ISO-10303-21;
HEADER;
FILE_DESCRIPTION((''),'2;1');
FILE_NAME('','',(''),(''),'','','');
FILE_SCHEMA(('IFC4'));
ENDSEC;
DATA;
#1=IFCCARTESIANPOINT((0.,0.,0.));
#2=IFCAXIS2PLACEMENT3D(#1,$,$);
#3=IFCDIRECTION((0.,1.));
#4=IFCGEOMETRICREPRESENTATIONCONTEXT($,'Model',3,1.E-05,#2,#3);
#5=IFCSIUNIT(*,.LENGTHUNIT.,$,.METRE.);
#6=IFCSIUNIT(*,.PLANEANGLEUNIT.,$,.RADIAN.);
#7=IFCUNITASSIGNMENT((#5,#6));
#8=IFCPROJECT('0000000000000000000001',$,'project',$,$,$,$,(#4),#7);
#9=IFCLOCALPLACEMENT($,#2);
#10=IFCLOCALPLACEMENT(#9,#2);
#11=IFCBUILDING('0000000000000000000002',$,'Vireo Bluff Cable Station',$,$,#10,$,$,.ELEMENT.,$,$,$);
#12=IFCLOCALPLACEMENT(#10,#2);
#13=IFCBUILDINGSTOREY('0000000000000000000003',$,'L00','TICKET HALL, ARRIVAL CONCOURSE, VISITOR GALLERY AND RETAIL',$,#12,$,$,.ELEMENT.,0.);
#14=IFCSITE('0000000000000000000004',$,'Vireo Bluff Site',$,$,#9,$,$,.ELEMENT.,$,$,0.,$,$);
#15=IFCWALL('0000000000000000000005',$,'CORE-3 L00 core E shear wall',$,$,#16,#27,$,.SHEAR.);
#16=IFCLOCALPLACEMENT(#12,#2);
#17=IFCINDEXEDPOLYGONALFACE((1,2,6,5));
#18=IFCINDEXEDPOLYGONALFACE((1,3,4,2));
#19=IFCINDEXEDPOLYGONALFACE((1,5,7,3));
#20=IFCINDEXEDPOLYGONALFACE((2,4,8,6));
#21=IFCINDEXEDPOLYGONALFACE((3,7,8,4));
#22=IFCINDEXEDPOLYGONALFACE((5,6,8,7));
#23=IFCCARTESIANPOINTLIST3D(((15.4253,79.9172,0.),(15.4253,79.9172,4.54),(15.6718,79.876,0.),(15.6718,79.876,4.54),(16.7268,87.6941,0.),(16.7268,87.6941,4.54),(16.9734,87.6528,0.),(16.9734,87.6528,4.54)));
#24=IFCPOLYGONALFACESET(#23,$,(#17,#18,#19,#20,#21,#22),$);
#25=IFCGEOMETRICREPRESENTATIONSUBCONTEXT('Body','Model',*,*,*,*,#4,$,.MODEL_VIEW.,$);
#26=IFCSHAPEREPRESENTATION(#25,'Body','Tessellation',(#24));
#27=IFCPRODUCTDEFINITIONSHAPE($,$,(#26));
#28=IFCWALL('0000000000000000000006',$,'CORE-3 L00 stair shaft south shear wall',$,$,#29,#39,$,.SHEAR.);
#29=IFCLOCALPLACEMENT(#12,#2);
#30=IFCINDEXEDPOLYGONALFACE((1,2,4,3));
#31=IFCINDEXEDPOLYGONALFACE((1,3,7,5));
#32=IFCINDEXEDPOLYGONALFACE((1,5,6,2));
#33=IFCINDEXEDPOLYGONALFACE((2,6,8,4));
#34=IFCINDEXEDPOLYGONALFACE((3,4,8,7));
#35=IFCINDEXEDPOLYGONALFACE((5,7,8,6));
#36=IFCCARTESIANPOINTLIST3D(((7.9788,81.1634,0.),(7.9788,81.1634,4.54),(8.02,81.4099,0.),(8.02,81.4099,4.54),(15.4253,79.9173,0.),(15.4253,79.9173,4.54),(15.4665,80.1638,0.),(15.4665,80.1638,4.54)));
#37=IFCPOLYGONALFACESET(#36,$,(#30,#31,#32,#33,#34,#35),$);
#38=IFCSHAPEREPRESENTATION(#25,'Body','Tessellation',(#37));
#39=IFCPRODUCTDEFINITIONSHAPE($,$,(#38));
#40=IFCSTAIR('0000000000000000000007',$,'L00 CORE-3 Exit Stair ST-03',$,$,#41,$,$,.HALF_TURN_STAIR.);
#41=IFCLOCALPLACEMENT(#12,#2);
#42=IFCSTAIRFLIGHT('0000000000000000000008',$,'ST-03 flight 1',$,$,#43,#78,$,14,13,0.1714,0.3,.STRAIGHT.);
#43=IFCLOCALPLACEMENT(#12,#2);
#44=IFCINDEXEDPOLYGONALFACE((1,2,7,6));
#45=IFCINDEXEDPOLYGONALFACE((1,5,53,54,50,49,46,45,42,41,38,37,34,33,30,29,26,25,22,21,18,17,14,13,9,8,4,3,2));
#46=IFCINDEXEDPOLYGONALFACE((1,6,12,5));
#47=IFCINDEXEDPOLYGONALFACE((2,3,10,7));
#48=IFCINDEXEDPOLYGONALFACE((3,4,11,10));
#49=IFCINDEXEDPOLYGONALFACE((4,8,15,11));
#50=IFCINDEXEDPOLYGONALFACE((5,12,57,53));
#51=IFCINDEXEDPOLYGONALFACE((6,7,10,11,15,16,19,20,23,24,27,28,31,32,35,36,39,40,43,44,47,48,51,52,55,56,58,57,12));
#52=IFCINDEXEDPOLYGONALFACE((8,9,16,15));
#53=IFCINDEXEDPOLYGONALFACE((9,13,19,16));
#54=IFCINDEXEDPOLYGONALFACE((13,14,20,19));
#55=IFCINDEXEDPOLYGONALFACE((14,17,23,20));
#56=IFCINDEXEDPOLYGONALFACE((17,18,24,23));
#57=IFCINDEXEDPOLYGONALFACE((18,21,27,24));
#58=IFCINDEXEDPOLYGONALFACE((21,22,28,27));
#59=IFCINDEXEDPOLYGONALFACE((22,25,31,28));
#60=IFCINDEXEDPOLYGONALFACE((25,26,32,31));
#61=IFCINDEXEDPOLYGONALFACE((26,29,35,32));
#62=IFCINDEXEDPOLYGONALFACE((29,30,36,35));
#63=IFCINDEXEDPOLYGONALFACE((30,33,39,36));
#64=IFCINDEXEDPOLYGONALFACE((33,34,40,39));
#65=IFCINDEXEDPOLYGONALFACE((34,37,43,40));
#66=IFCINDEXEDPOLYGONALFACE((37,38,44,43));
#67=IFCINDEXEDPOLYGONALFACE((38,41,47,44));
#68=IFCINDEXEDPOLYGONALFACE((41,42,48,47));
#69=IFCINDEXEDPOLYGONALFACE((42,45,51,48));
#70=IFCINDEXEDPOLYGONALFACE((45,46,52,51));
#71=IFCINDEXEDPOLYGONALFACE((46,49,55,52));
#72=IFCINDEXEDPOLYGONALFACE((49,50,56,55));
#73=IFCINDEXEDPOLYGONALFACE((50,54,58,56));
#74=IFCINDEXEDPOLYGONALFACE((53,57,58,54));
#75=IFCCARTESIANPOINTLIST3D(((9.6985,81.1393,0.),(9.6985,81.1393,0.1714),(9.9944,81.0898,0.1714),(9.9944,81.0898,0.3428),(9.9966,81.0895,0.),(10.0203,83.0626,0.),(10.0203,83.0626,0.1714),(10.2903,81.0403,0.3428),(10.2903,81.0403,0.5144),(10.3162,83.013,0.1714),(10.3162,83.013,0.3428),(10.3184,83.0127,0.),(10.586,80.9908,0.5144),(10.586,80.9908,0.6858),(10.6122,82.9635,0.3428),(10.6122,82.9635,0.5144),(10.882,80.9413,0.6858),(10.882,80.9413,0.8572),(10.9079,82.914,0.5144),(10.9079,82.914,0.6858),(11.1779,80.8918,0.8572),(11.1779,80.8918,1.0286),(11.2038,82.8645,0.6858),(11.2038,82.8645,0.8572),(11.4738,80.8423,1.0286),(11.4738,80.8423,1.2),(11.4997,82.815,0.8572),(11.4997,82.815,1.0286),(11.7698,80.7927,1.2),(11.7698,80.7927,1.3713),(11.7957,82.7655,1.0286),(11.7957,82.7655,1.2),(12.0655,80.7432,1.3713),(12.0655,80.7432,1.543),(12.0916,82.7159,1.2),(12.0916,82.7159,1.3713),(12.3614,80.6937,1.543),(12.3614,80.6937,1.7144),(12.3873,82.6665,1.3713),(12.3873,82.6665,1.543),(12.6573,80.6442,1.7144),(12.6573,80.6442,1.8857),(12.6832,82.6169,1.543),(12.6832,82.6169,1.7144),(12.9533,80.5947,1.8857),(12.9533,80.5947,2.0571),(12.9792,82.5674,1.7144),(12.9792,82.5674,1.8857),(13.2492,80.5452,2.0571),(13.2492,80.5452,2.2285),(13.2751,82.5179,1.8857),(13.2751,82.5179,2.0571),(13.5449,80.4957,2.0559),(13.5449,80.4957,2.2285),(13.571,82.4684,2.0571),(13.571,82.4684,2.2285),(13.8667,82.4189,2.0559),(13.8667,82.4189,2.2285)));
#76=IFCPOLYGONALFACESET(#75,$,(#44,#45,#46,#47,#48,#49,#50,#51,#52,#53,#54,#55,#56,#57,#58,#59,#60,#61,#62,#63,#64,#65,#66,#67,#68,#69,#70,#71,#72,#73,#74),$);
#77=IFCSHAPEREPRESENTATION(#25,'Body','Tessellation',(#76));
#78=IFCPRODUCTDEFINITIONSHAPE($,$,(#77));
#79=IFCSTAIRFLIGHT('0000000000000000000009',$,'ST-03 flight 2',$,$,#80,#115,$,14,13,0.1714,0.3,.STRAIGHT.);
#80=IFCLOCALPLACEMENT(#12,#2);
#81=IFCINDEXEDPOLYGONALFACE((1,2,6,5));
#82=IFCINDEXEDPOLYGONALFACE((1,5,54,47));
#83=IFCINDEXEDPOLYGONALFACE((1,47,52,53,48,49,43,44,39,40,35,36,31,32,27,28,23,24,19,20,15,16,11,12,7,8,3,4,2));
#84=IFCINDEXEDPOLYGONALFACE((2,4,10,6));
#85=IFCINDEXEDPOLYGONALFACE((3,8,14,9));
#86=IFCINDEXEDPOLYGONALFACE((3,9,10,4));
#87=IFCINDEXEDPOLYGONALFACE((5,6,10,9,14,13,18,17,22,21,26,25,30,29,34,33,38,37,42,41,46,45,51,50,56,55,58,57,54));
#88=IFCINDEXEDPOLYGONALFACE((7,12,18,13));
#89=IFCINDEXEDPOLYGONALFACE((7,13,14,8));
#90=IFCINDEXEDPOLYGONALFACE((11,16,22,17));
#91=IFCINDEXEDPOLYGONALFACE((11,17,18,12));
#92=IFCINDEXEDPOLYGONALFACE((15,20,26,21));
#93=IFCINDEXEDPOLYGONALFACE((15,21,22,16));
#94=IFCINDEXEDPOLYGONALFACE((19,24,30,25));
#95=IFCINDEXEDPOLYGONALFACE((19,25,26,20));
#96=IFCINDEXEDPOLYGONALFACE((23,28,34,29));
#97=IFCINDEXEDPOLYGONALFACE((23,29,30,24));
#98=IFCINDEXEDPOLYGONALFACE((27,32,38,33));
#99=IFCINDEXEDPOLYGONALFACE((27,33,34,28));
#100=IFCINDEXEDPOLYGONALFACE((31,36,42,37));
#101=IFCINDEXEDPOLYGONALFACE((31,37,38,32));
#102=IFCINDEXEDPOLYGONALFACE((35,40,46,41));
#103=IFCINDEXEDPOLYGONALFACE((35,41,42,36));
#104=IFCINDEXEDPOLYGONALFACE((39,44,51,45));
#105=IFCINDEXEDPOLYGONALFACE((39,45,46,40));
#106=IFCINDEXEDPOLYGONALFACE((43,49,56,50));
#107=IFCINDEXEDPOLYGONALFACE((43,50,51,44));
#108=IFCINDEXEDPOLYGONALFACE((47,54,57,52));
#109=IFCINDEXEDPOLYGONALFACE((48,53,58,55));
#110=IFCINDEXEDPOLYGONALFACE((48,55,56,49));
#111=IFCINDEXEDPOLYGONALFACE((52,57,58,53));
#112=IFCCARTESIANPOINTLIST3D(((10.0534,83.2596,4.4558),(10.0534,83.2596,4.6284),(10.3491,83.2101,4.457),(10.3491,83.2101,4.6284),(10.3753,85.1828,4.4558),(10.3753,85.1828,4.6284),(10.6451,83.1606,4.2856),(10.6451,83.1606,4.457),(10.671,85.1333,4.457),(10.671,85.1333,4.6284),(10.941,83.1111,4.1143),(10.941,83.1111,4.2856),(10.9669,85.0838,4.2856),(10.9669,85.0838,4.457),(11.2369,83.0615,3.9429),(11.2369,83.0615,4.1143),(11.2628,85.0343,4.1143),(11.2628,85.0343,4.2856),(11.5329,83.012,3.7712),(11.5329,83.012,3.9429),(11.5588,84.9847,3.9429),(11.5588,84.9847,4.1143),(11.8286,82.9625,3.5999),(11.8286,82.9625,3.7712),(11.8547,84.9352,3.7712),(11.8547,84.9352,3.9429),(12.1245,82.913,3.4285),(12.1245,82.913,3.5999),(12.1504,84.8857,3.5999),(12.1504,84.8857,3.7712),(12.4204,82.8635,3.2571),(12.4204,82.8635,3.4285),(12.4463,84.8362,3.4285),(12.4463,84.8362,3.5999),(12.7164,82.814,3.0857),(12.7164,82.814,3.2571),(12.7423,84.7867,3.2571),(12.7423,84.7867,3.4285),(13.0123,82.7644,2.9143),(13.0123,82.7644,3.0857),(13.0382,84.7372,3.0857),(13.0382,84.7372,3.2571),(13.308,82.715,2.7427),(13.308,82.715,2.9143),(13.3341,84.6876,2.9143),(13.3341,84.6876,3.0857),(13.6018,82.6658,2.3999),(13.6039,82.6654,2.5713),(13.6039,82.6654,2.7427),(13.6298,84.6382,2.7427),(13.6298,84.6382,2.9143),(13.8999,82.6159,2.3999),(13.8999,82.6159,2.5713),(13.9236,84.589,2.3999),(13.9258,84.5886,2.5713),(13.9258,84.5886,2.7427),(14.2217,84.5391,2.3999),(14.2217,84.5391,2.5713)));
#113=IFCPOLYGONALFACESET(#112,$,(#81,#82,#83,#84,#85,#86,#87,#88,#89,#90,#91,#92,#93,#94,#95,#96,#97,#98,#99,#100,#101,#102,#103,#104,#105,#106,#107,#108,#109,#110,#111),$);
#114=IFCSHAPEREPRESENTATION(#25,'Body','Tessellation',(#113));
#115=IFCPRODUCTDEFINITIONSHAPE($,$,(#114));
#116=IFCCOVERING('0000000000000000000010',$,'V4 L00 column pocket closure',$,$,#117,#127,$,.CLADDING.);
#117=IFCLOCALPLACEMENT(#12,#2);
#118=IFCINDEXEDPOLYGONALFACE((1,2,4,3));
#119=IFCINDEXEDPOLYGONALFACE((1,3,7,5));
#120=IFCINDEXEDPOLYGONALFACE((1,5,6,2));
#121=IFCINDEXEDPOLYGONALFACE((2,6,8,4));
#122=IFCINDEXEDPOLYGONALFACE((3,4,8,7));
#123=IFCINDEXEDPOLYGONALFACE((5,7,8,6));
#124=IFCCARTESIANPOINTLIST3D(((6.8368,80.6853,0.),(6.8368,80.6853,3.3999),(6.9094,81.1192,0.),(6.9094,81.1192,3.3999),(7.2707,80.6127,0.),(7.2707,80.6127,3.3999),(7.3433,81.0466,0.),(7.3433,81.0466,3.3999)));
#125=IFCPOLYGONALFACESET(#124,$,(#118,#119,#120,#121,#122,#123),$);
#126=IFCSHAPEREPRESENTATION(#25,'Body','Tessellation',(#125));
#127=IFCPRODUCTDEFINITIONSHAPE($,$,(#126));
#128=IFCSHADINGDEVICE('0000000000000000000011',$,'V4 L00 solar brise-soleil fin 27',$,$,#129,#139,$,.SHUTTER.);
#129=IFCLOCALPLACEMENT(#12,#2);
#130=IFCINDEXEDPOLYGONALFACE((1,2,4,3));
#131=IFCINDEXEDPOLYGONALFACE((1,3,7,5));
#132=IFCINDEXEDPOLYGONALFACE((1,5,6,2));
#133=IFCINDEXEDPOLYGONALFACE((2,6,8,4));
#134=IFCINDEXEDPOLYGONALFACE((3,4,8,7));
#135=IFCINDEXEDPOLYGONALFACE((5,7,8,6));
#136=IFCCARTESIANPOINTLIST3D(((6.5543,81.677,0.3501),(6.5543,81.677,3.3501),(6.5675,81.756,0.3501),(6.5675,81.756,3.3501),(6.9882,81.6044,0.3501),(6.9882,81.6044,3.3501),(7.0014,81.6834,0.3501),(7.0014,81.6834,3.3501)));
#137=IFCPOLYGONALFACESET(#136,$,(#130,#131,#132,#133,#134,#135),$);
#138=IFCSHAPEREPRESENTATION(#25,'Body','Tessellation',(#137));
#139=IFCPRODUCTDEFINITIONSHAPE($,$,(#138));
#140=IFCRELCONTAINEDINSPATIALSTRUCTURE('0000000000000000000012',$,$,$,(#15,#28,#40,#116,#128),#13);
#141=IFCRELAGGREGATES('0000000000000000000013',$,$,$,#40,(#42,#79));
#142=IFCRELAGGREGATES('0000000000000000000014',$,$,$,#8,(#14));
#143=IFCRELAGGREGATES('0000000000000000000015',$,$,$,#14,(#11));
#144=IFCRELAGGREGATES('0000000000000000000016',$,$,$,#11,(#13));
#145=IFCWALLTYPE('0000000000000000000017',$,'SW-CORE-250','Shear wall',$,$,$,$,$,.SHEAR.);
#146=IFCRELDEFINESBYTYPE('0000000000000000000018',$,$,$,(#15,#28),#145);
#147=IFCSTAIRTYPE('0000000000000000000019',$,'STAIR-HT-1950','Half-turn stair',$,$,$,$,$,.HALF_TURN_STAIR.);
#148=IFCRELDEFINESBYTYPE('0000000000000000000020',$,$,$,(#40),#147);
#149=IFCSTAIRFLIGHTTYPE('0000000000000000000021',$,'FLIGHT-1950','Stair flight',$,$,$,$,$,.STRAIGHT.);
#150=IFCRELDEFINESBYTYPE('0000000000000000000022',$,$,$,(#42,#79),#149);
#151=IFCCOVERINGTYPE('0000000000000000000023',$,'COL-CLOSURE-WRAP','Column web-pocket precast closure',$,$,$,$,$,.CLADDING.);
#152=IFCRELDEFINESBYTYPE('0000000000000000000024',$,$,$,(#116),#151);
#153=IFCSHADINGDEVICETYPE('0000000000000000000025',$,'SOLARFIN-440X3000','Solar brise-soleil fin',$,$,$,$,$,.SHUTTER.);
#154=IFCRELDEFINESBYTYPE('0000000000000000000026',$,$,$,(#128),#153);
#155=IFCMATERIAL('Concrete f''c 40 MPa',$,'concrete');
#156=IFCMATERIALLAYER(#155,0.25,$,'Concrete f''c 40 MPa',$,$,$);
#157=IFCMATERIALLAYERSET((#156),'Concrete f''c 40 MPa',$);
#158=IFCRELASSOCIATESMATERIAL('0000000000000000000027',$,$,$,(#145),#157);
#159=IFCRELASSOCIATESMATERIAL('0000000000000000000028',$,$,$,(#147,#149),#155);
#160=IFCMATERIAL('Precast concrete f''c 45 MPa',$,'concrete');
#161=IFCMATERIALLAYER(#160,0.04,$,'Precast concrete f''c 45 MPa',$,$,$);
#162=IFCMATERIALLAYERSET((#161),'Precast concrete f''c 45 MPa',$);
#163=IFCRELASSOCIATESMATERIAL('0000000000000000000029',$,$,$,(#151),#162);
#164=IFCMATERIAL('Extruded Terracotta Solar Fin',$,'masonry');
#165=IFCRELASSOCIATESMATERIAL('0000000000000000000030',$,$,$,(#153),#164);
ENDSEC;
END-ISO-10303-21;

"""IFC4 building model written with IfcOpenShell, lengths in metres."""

from ifc_helpers import new_model, si_unit, direction, frame, frame_2d, origin, origin_2d, place, context, subcontext, project, spatial, polyline, rectangle, outline, extrude, material, layer, layer_set, type_object, element, aggregate, save


model = new_model("IFC4")

# Units and contexts
model_context = context("Model", 3, precision=1e-05, world=origin(), true_north=direction((0.0, 1.0)))
body_context = subcontext(model_context, "Body", "Model", "MODEL_VIEW")
ifc_project = project(units=[si_unit("LENGTHUNIT", "METRE"), si_unit("PLANEANGLEUNIT", "RADIAN")], contexts=[model_context])

# Site, building, storey
site_placement = place(None, origin())
site = spatial("IfcSite", under=ifc_project, at=site_placement, Name="Vireo Bluff Site", CompositionType="ELEMENT", RefElevation=0.0)
building_placement = place(site_placement, origin())
building = spatial("IfcBuilding", under=site, at=building_placement, Name="Vireo Bluff Cable Station", CompositionType="ELEMENT")
storey_placement = place(building_placement, origin())
storey = spatial("IfcBuildingStorey", under=building, at=storey_placement, Name="L00", Description="TICKET HALL, ARRIVAL CONCOURSE, VISITOR GALLERY AND RETAIL", CompositionType="ELEMENT", Elevation=0.0)

# Shared definitions
ifc_material_1 = material(Name="Concrete f'c 40 MPa", Category="concrete")

# Walls
ifc_material_2 = material(Name="Precast concrete f'c 45 MPa", Category="concrete")
ifc_layer_1 = layer(ifc_material_1, 0.25, Name="Concrete f'c 40 MPa")
ifc_layer_set_1 = layer_set([ifc_layer_1], Name="Concrete f'c 40 MPa")
wall_type_1 = type_object("IfcWallType", Name="SW-CORE-250", Description="Shear wall", PredefinedType="SHEAR", material=ifc_layer_set_1)
for number, where, z_axis, x_axis, name in (
    (1, (15.5486, 79.8967, 0.0), (0.0, 0.0, 1.0), (0.165062, 0.986283, 0.0), "CORE-3 L00 core E shear wall"),
):
    element("IfcWall", number, at=place(storey_placement, frame(where, z_axis=z_axis, x_axis=x_axis)), inside=storey, type_object=wall_type_1, Name=name, PredefinedType="SHEAR", context=body_context, shape_type="SweptSolid", body=[
        extrude(rectangle(XDim=7.885, YDim=0.25, at=frame_2d((3.9424, 0.0))), origin(), (0.0, 0.0, 1.0), 4.54),
    ])
wall_1_placement = place(storey_placement, frame((7.9995, 81.2866, 0.0), z_axis=(0.0, 0.0, 1.0), x_axis=(0.986286, -0.165044, 0.0)))
element("IfcWall", 2, at=wall_1_placement, inside=storey, type_object=wall_type_1, Name="CORE-3 L00 stair shaft south shear wall", PredefinedType="SHEAR", context=body_context, shape_type="SweptSolid", body=[
    extrude(rectangle(XDim=7.55, YDim=0.25, at=frame_2d((3.7749, 0.0))), origin(), (0.0, 0.0, 1.0), 4.54),
])

# Stair, stair flights
stair_type = type_object("IfcStairType", Name="STAIR-HT-1950", Description="Half-turn stair", PredefinedType="HALF_TURN_STAIR", material=ifc_material_1)
stair_placement = place(storey_placement, origin())
stair = element("IfcStair", 3, at=stair_placement, inside=storey, type_object=stair_type, Name="L00 CORE-3 Exit Stair ST-03", PredefinedType="HALF_TURN_STAIR")
stair_flight_type = type_object("IfcStairFlightType", Name="FLIGHT-1950", Description="Stair flight", PredefinedType="STRAIGHT", material=ifc_material_1)
stair_flight_1_placement = place(storey_placement, frame((9.8594, 82.1008, 0.0), z_axis=(0.0, 0.0, 1.0), x_axis=(0.986286, -0.165048, 0.0)))
stair_flight_1 = element("IfcStairFlight", 4, at=stair_flight_1_placement, type_object=stair_flight_type, Name="ST-03 flight 1", NumberOfRisers=14, NumberOfTreads=13, PredefinedType="STRAIGHT", RiserHeight=0.1714, TreadLength=0.3, context=body_context, shape_type="SweptSolid", body=[
    extrude(outline(polyline([(0.0, 0.0), (0.0, 0.1714), (0.3, 0.1714), (0.3, 0.3428), (0.6001, 0.3428), (0.6001, 0.5144), (0.8999, 0.5144), (0.8999, 0.6858), (1.2, 0.6858), (1.2, 0.8572), (1.5, 0.8572), (1.5, 1.0286), (1.8, 1.0286), (1.8, 1.2), (2.1001, 1.2), (2.1001, 1.3713), (2.3999, 1.3713), (2.3999, 1.543), (2.7, 1.543), (2.7, 1.7144), (3.0, 1.7144), (3.0, 1.8857), (3.3, 1.8857), (3.3, 2.0571), (3.6001, 2.0571), (3.6001, 2.2285), (3.8999, 2.2285), (3.8999, 2.3999), (3.8999, 2.0559), (0.3022, 0.0), (0.0, 0.0)])), frame((0.0, 0.9751, 0.0), z_axis=(0.0, -1.0, 0.0), x_axis=(1.0, 0.0, 0.0)), (0.0, 0.0, 1.0), 1.95),
])
stair_flight_2_placement = place(storey_placement, frame((14.0608, 83.5776, 2.3999), z_axis=(0.0, 0.0, 1.0), x_axis=(-0.986286, 0.165048, 0.0)))
stair_flight_2 = element("IfcStairFlight", 5, at=stair_flight_2_placement, type_object=stair_flight_type, Name="ST-03 flight 2", NumberOfRisers=14, NumberOfTreads=13, PredefinedType="STRAIGHT", RiserHeight=0.1714, TreadLength=0.3, context=body_context, shape_type="SweptSolid", body=[
    extrude(outline(polyline([(0.0, 0.0), (0.0, 0.1714), (0.3, 0.1714), (0.3, 0.3428), (0.6001, 0.3428), (0.6001, 0.5144), (0.8999, 0.5144), (0.8999, 0.6858), (1.2, 0.6858), (1.2, 0.8572), (1.5, 0.8572), (1.5, 1.0286), (1.8, 1.0286), (1.8, 1.2), (2.1001, 1.2), (2.1001, 1.3713), (2.3999, 1.3713), (2.3999, 1.543), (2.7, 1.543), (2.7, 1.7144), (3.0, 1.7144), (3.0, 1.8857), (3.3, 1.8857), (3.3, 2.0571), (3.6001, 2.0571), (3.6001, 2.2285), (3.8999, 2.2285), (3.8999, 2.3999), (3.8999, 2.0559), (0.3022, 0.0), (0.0, 0.0)])), frame((0.0, 0.9751, 0.0), z_axis=(0.0, -1.0, 0.0), x_axis=(1.0, 0.0, 0.0)), (0.0, 0.0, 1.0), 1.95),
])
aggregate(stair, [stair_flight_1, stair_flight_2])

# Covering
ifc_layer_2 = layer(ifc_material_2, 0.04, Name="Precast concrete f'c 45 MPa")
ifc_layer_set_2 = layer_set([ifc_layer_2], Name="Precast concrete f'c 45 MPa")
covering_type = type_object("IfcCoveringType", Name="COL-CLOSURE-WRAP", Description="Column web-pocket precast closure", PredefinedType="CLADDING", material=ifc_layer_set_2)
covering_placement = place(storey_placement, frame((7.0901, 80.866, 0.0), z_axis=(0.0, 0.0, 1.0), x_axis=(0.986286, -0.165048, 0.0)))
element("IfcCovering", 6, at=covering_placement, inside=storey, type_object=covering_type, Name="V4 L00 column pocket closure", PredefinedType="CLADDING", context=body_context, shape_type="SweptSolid", body=[
    extrude(rectangle(XDim=0.4399, YDim=0.4399, at=origin_2d()), origin(), (0.0, 0.0, 1.0), 3.3999),
])

# Shading device
ifc_material_3 = material(Name="Extruded Terracotta Solar Fin", Category="masonry")
shading_device_type = type_object("IfcShadingDeviceType", Name="SOLARFIN-440X3000", Description="Solar brise-soleil fin", PredefinedType="SHUTTER", material=ifc_material_3)
shading_device_placement = place(storey_placement, frame((6.7778, 81.6802, 0.3501), z_axis=(0.0, 0.0, 1.0), x_axis=(0.165048, 0.986286, 0.0)))
element("IfcShadingDevice", 7, at=shading_device_placement, inside=storey, type_object=shading_device_type, Name="V4 L00 solar brise-soleil fin 27", PredefinedType="SHUTTER", context=body_context, shape_type="SweptSolid", body=[
    extrude(rectangle(XDim=0.0801, YDim=0.4399, at=origin_2d()), origin(), (0.0, 0.0, 1.0), 3.0),
])

save(model, "model.ifc")
